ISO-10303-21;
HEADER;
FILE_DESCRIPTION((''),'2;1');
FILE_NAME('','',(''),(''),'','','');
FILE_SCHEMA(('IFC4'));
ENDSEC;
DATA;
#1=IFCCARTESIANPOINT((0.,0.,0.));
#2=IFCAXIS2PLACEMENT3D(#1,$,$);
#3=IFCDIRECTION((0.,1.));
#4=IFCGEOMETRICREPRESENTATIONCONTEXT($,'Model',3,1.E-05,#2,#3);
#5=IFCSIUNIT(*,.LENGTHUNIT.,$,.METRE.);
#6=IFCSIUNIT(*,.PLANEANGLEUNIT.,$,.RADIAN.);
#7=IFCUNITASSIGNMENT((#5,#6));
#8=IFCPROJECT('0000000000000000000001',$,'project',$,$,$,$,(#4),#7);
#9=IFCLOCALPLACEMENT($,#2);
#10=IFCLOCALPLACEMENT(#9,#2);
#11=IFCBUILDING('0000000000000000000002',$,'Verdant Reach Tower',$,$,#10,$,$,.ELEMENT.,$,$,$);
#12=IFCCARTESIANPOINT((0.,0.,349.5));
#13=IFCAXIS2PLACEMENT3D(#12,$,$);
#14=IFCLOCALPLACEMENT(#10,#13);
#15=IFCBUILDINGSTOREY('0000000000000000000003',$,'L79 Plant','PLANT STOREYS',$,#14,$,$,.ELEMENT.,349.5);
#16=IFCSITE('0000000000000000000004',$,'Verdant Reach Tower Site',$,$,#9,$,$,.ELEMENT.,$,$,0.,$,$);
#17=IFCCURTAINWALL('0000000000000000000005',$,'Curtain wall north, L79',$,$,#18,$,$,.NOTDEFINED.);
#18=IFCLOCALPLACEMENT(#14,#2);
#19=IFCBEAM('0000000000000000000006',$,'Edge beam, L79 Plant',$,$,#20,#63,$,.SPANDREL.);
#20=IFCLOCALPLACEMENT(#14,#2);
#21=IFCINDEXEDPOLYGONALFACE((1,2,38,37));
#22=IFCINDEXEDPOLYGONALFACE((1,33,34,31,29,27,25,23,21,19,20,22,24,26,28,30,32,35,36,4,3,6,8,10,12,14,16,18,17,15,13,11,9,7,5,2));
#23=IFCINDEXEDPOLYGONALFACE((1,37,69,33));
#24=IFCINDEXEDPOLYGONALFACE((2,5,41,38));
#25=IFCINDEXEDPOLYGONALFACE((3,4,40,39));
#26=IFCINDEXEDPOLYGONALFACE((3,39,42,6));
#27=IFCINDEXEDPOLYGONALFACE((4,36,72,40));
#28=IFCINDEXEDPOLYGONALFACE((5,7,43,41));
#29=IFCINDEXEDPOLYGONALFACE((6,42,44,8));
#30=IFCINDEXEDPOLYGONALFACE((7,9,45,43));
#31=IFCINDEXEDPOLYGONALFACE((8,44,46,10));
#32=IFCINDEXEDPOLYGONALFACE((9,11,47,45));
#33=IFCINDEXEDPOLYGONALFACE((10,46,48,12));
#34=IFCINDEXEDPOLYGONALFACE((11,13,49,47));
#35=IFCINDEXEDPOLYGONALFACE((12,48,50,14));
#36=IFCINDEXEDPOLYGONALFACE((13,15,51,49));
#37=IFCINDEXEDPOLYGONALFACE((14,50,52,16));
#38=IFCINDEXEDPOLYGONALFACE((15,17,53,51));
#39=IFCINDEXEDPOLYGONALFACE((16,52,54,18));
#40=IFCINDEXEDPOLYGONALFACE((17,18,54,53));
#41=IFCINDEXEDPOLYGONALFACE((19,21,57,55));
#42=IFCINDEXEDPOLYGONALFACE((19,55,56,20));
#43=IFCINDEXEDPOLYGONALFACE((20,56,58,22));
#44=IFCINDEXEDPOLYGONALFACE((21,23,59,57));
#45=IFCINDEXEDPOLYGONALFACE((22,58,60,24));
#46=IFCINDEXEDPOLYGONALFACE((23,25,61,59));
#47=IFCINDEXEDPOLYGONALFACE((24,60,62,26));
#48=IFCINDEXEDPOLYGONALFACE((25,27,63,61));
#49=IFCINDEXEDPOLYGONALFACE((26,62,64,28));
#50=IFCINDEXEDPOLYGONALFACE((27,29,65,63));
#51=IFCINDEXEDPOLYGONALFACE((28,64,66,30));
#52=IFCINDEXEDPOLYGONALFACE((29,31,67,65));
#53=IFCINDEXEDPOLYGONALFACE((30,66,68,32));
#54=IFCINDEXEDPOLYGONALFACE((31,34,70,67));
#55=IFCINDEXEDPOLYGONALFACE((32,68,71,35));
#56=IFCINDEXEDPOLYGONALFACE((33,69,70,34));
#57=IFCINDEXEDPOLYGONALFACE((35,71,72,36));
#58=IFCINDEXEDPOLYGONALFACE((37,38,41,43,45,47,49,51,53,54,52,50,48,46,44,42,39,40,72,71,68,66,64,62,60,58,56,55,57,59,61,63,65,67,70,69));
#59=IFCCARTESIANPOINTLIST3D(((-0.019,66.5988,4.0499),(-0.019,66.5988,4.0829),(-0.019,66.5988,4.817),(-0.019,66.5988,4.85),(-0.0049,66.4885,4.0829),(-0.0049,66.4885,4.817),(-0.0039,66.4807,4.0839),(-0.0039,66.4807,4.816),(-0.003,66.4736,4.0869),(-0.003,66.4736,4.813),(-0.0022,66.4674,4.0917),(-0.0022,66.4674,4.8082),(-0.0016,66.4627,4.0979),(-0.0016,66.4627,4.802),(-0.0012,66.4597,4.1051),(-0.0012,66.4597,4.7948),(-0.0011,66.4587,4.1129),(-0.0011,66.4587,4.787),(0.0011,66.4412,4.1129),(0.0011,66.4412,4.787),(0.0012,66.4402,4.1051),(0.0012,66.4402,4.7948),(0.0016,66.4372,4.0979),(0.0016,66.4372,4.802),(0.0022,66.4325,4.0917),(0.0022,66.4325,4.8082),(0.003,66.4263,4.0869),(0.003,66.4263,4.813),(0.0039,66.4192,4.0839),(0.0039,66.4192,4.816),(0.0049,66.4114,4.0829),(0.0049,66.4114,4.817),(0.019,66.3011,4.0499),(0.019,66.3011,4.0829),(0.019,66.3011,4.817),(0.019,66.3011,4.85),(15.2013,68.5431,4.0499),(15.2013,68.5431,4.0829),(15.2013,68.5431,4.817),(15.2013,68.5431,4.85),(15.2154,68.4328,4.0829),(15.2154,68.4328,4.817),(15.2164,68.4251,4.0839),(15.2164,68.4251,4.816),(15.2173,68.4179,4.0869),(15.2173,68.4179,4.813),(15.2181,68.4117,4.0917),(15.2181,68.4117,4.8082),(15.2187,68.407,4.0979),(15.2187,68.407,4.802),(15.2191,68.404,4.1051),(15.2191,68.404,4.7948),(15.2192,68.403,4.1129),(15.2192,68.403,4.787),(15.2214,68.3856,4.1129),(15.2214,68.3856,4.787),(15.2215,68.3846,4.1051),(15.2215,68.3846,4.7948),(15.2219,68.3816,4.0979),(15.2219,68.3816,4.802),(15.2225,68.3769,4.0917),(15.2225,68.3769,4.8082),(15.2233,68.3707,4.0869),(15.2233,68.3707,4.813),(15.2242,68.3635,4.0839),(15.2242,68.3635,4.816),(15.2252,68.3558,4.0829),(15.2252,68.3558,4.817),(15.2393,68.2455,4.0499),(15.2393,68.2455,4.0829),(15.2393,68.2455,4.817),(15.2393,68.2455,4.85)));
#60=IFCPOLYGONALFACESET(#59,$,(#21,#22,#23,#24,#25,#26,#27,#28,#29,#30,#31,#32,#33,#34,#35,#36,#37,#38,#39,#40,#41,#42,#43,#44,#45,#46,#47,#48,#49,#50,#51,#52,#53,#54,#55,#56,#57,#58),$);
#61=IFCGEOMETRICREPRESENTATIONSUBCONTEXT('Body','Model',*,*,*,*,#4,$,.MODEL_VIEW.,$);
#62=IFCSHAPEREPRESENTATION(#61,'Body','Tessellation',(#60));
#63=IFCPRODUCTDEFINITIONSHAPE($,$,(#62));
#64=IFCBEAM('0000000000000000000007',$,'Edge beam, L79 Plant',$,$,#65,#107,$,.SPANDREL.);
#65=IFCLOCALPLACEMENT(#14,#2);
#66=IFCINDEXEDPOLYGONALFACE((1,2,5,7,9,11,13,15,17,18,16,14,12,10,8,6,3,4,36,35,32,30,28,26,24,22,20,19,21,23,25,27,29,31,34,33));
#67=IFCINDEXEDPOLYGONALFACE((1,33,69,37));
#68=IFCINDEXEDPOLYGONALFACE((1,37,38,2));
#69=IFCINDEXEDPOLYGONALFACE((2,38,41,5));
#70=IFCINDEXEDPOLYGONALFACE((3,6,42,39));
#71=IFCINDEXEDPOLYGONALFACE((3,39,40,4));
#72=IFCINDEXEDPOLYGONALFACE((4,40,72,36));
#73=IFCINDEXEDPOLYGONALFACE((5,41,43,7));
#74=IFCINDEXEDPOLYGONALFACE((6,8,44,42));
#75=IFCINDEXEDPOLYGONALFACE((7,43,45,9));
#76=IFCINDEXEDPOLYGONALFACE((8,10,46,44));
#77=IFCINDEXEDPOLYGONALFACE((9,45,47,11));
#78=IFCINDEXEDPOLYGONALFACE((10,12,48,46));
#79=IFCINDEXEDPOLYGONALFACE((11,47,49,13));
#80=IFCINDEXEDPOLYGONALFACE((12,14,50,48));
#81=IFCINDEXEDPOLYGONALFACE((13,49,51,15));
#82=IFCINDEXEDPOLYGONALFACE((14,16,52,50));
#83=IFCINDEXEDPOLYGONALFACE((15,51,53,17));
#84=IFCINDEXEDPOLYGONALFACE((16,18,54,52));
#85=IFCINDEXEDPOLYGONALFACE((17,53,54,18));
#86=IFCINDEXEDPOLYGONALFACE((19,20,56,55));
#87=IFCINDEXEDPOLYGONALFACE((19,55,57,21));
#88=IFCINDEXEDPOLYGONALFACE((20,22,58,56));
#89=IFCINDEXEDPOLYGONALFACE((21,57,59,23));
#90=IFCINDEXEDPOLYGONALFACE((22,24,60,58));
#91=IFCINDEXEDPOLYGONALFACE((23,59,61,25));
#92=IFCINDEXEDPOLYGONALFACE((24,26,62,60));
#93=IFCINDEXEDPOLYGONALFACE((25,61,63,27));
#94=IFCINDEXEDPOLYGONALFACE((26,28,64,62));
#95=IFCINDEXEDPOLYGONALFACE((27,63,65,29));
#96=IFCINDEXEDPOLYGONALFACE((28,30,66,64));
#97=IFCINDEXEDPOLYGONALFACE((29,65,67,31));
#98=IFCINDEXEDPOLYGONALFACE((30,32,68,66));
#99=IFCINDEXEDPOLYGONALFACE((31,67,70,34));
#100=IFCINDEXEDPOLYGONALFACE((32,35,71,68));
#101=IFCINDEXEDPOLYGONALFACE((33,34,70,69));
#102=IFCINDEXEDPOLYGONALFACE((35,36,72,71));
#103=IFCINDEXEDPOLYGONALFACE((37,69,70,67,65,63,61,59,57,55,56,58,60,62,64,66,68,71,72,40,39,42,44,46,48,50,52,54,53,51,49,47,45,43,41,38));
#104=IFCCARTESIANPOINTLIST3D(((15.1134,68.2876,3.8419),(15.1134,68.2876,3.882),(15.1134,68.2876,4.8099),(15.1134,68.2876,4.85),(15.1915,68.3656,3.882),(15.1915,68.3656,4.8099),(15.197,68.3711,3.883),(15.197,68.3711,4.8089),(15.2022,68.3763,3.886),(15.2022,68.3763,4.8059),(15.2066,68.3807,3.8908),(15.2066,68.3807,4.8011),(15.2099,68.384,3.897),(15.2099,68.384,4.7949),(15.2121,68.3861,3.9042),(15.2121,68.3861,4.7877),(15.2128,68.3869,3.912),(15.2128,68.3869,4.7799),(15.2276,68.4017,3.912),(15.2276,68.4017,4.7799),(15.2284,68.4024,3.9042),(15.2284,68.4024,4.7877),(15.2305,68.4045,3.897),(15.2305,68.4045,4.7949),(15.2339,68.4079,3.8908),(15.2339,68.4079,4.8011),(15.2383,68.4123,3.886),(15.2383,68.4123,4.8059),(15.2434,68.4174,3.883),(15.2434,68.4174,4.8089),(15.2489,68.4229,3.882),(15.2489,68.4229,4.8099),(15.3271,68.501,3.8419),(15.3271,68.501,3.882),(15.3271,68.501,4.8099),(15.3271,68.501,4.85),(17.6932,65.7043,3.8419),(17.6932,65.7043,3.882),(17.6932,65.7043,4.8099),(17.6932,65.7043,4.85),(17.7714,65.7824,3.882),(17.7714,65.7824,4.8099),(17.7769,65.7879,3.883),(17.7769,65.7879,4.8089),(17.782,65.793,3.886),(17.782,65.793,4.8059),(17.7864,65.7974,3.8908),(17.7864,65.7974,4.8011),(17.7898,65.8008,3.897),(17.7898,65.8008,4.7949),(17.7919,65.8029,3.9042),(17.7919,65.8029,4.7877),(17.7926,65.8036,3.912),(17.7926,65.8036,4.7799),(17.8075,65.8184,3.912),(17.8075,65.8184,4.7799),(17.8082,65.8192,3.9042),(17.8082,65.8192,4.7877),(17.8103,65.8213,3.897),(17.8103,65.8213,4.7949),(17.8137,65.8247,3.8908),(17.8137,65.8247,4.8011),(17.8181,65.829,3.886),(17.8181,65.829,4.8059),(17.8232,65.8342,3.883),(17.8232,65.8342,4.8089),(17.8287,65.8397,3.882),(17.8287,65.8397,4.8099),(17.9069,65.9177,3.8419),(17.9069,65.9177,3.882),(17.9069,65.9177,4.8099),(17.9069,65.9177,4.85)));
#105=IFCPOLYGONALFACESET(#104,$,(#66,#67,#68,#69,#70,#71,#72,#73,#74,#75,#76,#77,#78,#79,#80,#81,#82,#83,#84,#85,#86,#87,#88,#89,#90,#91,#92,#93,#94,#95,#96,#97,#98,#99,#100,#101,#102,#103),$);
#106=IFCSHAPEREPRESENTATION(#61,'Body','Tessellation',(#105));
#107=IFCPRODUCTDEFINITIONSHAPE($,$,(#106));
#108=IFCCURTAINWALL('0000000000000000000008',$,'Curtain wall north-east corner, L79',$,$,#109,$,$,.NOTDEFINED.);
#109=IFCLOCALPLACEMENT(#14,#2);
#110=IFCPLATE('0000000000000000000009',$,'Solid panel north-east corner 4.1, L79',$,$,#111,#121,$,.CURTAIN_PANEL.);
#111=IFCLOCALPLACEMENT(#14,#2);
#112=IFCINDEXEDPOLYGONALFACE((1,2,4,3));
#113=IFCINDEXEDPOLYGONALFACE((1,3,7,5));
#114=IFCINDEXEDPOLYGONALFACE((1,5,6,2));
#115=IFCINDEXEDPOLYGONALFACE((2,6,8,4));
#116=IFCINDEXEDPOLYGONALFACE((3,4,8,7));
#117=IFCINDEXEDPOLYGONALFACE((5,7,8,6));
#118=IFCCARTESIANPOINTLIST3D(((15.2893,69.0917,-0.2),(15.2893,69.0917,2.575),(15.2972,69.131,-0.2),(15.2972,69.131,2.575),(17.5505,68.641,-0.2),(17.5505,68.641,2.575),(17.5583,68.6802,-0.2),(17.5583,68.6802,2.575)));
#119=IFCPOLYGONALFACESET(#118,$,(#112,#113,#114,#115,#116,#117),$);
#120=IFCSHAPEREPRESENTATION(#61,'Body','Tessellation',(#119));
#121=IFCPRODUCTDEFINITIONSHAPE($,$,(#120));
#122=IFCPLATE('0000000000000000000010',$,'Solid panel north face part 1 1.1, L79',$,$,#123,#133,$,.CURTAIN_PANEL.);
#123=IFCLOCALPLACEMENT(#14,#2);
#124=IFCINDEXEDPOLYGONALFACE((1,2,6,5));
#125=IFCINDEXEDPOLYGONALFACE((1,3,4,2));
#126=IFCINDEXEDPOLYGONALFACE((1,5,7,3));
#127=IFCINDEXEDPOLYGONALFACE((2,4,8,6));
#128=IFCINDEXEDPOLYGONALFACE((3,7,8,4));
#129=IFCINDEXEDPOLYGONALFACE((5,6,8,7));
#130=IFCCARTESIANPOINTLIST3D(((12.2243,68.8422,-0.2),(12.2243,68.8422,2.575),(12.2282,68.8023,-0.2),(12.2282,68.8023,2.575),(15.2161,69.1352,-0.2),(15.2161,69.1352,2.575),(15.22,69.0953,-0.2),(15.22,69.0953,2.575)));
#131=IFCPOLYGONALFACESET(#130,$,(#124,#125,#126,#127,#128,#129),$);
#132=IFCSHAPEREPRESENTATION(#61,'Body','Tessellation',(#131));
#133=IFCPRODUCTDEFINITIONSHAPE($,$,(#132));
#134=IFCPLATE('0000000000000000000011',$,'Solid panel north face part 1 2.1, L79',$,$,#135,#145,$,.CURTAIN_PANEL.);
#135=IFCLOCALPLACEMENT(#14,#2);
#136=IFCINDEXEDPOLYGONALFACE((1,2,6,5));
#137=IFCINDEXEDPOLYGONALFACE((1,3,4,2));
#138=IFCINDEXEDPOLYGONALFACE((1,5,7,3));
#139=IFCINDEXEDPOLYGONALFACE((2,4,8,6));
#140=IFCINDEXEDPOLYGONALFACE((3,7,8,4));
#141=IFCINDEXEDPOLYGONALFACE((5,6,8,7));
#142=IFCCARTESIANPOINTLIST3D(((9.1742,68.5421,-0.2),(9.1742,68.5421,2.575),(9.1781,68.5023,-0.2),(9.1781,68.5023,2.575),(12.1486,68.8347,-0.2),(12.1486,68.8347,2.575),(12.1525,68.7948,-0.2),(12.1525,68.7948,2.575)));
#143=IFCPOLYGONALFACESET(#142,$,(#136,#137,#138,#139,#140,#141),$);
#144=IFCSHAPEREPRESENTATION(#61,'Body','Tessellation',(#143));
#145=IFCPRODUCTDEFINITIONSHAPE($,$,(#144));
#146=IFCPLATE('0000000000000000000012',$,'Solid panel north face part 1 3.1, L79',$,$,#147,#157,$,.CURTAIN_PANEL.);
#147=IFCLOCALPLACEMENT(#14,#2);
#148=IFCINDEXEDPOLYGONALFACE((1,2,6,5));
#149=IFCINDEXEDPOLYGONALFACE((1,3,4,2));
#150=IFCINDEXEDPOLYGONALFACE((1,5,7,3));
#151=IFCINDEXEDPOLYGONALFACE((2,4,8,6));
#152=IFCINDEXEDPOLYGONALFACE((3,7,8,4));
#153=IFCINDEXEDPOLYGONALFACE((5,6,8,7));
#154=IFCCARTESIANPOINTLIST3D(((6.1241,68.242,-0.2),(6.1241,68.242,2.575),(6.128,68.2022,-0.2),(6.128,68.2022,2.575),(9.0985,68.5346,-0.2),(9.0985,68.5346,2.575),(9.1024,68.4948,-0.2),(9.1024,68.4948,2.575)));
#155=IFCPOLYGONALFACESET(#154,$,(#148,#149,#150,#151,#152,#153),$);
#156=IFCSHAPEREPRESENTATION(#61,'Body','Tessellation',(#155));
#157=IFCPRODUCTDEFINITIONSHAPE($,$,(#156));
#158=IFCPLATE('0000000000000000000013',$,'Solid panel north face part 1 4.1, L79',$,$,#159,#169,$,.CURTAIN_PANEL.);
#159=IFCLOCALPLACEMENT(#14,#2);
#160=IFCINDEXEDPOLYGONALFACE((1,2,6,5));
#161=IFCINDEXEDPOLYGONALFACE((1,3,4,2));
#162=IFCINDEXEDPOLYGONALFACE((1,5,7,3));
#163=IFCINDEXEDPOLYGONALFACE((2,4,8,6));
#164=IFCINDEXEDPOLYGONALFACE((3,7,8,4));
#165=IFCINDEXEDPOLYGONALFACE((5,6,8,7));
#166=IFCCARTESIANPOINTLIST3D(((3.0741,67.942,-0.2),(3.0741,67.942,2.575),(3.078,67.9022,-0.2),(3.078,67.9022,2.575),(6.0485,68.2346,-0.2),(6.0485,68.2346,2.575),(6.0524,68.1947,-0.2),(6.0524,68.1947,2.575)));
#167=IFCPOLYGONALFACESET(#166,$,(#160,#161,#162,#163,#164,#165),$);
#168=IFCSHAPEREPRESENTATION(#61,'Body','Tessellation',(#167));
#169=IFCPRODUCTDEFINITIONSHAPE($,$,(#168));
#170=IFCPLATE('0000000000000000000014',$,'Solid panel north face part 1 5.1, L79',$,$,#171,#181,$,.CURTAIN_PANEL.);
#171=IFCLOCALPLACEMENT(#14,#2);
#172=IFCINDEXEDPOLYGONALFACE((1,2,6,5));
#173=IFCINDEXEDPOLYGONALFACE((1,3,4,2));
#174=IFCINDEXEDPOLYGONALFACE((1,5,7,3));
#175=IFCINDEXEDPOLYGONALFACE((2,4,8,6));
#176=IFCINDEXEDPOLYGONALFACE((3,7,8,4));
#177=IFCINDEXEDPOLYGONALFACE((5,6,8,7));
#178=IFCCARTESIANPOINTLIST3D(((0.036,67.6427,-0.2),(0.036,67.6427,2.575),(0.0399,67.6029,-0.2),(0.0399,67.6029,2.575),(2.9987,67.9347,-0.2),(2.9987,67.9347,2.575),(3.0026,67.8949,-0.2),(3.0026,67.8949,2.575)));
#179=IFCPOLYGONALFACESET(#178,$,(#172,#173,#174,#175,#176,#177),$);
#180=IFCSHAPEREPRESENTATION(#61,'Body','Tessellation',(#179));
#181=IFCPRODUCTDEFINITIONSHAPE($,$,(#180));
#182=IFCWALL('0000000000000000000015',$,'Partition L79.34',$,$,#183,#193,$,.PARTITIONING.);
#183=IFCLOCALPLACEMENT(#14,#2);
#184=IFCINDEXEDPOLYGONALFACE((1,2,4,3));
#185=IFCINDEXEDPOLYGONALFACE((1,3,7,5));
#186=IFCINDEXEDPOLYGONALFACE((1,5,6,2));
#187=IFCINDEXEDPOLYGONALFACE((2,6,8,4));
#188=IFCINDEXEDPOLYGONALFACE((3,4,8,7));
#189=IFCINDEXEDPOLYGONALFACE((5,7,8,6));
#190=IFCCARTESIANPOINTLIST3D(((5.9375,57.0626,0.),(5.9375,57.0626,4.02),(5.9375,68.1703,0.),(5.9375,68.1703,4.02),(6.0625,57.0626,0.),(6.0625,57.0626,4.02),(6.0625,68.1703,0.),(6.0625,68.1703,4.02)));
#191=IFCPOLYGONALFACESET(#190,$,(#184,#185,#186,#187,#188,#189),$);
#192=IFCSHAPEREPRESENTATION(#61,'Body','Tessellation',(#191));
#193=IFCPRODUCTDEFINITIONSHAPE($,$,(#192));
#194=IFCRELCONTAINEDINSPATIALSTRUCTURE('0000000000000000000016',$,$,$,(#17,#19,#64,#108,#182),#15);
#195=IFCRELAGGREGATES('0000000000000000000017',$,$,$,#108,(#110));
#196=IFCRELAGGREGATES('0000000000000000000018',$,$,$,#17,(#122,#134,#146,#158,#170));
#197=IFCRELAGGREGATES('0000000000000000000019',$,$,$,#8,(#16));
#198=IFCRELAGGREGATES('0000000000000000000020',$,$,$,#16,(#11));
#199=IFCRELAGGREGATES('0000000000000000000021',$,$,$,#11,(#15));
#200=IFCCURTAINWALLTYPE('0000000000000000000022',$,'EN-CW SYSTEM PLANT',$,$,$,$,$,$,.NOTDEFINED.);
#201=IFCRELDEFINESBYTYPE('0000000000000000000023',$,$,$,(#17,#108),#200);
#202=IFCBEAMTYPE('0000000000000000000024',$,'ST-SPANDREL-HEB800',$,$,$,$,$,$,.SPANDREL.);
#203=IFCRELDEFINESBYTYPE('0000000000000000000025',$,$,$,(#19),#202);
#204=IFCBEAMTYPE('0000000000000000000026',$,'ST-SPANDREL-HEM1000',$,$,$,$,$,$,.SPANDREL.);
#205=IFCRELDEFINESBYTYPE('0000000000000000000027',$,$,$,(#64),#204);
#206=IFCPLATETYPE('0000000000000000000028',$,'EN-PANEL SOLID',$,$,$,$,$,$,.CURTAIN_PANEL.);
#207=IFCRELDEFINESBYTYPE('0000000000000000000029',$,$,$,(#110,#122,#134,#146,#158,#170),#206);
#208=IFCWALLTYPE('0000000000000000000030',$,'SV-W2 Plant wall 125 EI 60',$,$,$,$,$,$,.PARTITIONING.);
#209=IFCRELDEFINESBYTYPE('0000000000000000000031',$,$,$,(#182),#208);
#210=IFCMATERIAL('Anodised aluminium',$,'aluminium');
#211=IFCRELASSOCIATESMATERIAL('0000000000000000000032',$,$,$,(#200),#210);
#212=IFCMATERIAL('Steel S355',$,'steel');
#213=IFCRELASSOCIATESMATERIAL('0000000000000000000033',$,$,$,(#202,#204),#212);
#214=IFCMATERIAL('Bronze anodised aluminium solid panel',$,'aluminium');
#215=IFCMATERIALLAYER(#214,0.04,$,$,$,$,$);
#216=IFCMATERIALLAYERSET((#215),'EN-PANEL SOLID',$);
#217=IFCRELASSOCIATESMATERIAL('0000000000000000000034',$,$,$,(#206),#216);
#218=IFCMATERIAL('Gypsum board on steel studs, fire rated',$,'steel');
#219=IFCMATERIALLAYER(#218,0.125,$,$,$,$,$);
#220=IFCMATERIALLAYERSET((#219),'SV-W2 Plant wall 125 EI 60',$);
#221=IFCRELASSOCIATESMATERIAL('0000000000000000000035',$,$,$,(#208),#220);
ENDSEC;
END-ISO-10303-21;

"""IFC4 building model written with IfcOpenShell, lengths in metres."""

from ifc_helpers import new_model, si_unit, direction, frame, frame_2d, origin, origin_2d, place, context, subcontext, project, spatial, rectangle, i_section, extrude, material, layer, layer_set, material_profile, profile_set, type_object, element, aggregate, save


model = new_model("IFC4")

# Units and contexts
model_context = context("Model", 3, precision=1e-05, world=origin(), true_north=direction((0.0, 1.0)))
body_context = subcontext(model_context, "Body", "Model", "MODEL_VIEW")
ifc_project = project(units=[si_unit("LENGTHUNIT", "METRE"), si_unit("PLANEANGLEUNIT", "RADIAN")], contexts=[model_context])

# Site, building, storey
site_placement = place(None, origin())
site = spatial("IfcSite", under=ifc_project, at=site_placement, Name="Verdant Reach Tower Site", CompositionType="ELEMENT", RefElevation=0.0)
building_placement = place(site_placement, origin())
building = spatial("IfcBuilding", under=site, at=building_placement, Name="Verdant Reach Tower", CompositionType="ELEMENT")
storey_placement = place(building_placement, frame((0.0, 0.0, 349.5)))
storey = spatial("IfcBuildingStorey", under=building, at=storey_placement, Name="L79 Plant", Description="PLANT STOREYS", CompositionType="ELEMENT", Elevation=349.5)

# Curtain wall
ifc_material_1 = material(Name="Anodised aluminium", Category="aluminium")
curtain_wall_type = type_object("IfcCurtainWallType", Name="EN-CW SYSTEM PLANT", PredefinedType="NOTDEFINED", material=ifc_material_1)
curtain_wall_1_placement = place(storey_placement, origin())
curtain_wall_1 = element("IfcCurtainWall", 1, at=curtain_wall_1_placement, inside=storey, type_object=curtain_wall_type, Name="Curtain wall north, L79", PredefinedType="NOTDEFINED")

# Beams
ifc_material_2 = material(Name="Steel S355", Category="steel")
ifc_material_profile_1 = material_profile(ifc_material_2, i_section(OverallWidth=0.3, OverallDepth=0.8, WebThickness=0.0176, FlangeThickness=0.033, FilletRadius=0.03, at=origin_2d()), Name="HEB 800")
ifc_profile_set_1 = profile_set([ifc_material_profile_1], Name="Steel S355")
beam_type_1 = type_object("IfcBeamType", Name="ST-SPANDREL-HEB800", PredefinedType="SPANDREL", material=ifc_profile_set_1)
beam_1_placement = place(storey_placement, frame((0.0, 66.45, 4.45), z_axis=(0.991939, 0.126717, 0.0), x_axis=(-0.126717, 0.991939, 0.0)))
element("IfcBeam", 2, at=beam_1_placement, inside=storey, type_object=beam_type_1, Name="Edge beam, L79 Plant", PredefinedType="SPANDREL", context=body_context, shape_type="SweptSolid", body=[
    extrude(i_section(OverallWidth=0.3, OverallDepth=0.8, WebThickness=0.0176, FlangeThickness=0.033, FilletRadius=0.03, at=origin_2d()), origin(), (0.0, 0.0, 1.0), 15.344),
])
ifc_material_profile_2 = material_profile(ifc_material_2, i_section(OverallWidth=0.302, OverallDepth=1.0081, WebThickness=0.021, FlangeThickness=0.04, FilletRadius=0.03, at=origin_2d()), Name="HEM 1000")
ifc_profile_set_2 = profile_set([ifc_material_profile_2], Name="Steel S355")
beam_type_2 = type_object("IfcBeamType", Name="ST-SPANDREL-HEM1000", PredefinedType="SPANDREL", material=ifc_profile_set_2)
beam_2_placement = place(storey_placement, frame((15.2202, 68.3943, 4.3459), z_axis=(0.706639, -0.707575, 0.0), x_axis=(0.707575, 0.706639, 0.0)))
element("IfcBeam", 3, at=beam_2_placement, inside=storey, type_object=beam_type_2, Name="Edge beam, L79 Plant", PredefinedType="SPANDREL", context=body_context, shape_type="SweptSolid", body=[
    extrude(i_section(OverallWidth=0.302, OverallDepth=1.0081, WebThickness=0.021, FlangeThickness=0.04, FilletRadius=0.03, at=origin_2d()), origin(), (0.0, 0.0, 1.0), 3.6509),
])

# Curtain wall, plate
curtain_wall_2_placement = place(storey_placement, origin())
curtain_wall_2 = element("IfcCurtainWall", 4, at=curtain_wall_2_placement, inside=storey, type_object=curtain_wall_type, Name="Curtain wall north-east corner, L79", PredefinedType="NOTDEFINED")
ifc_material_3 = material(Name="Bronze anodised aluminium solid panel", Category="aluminium")
ifc_layer_1 = layer(ifc_material_3, 0.04)
ifc_layer_set_1 = layer_set([ifc_layer_1], Name="EN-PANEL SOLID")
plate_type = type_object("IfcPlateType", Name="EN-PANEL SOLID", PredefinedType="CURTAIN_PANEL", material=ifc_layer_set_1)
plate_1_placement = place(storey_placement, frame((16.4238, 68.886, -0.2), z_axis=(0.0, 0.0, 1.0), x_axis=(-0.980705, 0.195493, 0.0)))
plate_1 = element("IfcPlate", 5, at=plate_1_placement, type_object=plate_type, Name="Solid panel north-east corner 4.1, L79", PredefinedType="CURTAIN_PANEL", context=body_context, shape_type="SweptSolid", body=[
    extrude(rectangle(XDim=2.3057, YDim=0.04, at=origin_2d()), origin(), (0.0, 0.0, 1.0), 2.7749),
])

# Plates
plate_2_placement = place(storey_placement, frame((13.7222, 68.9688, -0.2), z_axis=(0.0, 0.0, 1.0), x_axis=(-0.995238, -0.097473, 0.0)))
plate_2 = element("IfcPlate", 6, at=plate_2_placement, type_object=plate_type, Name="Solid panel north face part 1 1.1, L79", PredefinedType="CURTAIN_PANEL", context=body_context, shape_type="SweptSolid", body=[
    extrude(rectangle(XDim=3.0061, YDim=0.04, at=origin_2d()), origin(), (0.0, 0.0, 1.0), 2.7749),
])
plate_3_placement = place(storey_placement, frame((10.6633, 68.6685, -0.2), z_axis=(0.0, 0.0, 1.0), x_axis=(-0.995197, -0.097888, 0.0)))
plate_3 = element("IfcPlate", 7, at=plate_3_placement, type_object=plate_type, Name="Solid panel north face part 1 2.1, L79", PredefinedType="CURTAIN_PANEL", context=body_context, shape_type="SweptSolid", body=[
    extrude(rectangle(XDim=2.9888, YDim=0.04, at=origin_2d()), origin(), (0.0, 0.0, 1.0), 2.7749),
])
plate_4_placement = place(storey_placement, frame((7.6133, 68.3684, -0.2), z_axis=(0.0, 0.0, 1.0), x_axis=(-0.995197, -0.097888, 0.0)))
plate_4 = element("IfcPlate", 8, at=plate_4_placement, type_object=plate_type, Name="Solid panel north face part 1 3.1, L79", PredefinedType="CURTAIN_PANEL", context=body_context, shape_type="SweptSolid", body=[
    extrude(rectangle(XDim=2.9888, YDim=0.04, at=origin_2d()), origin(), (0.0, 0.0, 1.0), 2.7749),
])
plate_5_placement = place(storey_placement, frame((4.5632, 68.0684, -0.2), z_axis=(0.0, 0.0, 1.0), x_axis=(-0.995197, -0.097888, 0.0)))
plate_5 = element("IfcPlate", 9, at=plate_5_placement, type_object=plate_type, Name="Solid panel north face part 1 4.1, L79", PredefinedType="CURTAIN_PANEL", context=body_context, shape_type="SweptSolid", body=[
    extrude(rectangle(XDim=2.9888, YDim=0.04, at=origin_2d()), origin(), (0.0, 0.0, 1.0), 2.7749),
])
plate_6_placement = place(storey_placement, frame((1.5193, 67.7688, -0.2), z_axis=(0.0, 0.0, 1.0), x_axis=(-0.995179, -0.098075, 0.0)))
plate_6 = element("IfcPlate", 10, at=plate_6_placement, type_object=plate_type, Name="Solid panel north face part 1 5.1, L79", PredefinedType="CURTAIN_PANEL", context=body_context, shape_type="SweptSolid", body=[
    extrude(rectangle(XDim=2.9771, YDim=0.04, at=origin_2d()), origin(), (0.0, 0.0, 1.0), 2.7749),
])

# Wall
ifc_material_4 = material(Name="Gypsum board on steel studs, fire rated", Category="steel")
ifc_layer_2 = layer(ifc_material_4, 0.125)
ifc_layer_set_2 = layer_set([ifc_layer_2], Name="SV-W2 Plant wall 125 EI 60")
wall_type = type_object("IfcWallType", Name="SV-W2 Plant wall 125 EI 60", PredefinedType="PARTITIONING", material=ifc_layer_set_2)
wall_placement = place(storey_placement, frame((6.0, 68.1702, 0.0), z_axis=(0.0, 0.0, 1.0), x_axis=(0.0, -1.0, 0.0)))
element("IfcWall", 11, at=wall_placement, inside=storey, type_object=wall_type, Name="Partition L79.34", PredefinedType="PARTITIONING", context=body_context, shape_type="SweptSolid", body=[
    extrude(rectangle(XDim=11.1077, YDim=0.125, at=frame_2d((5.5537, 0.0))), origin(), (0.0, 0.0, 1.0), 4.02),
])

aggregate(curtain_wall_2, [plate_1])
aggregate(curtain_wall_1, [plate_2, plate_3, plate_4, plate_5, plate_6])

save(model, "model.ifc")
